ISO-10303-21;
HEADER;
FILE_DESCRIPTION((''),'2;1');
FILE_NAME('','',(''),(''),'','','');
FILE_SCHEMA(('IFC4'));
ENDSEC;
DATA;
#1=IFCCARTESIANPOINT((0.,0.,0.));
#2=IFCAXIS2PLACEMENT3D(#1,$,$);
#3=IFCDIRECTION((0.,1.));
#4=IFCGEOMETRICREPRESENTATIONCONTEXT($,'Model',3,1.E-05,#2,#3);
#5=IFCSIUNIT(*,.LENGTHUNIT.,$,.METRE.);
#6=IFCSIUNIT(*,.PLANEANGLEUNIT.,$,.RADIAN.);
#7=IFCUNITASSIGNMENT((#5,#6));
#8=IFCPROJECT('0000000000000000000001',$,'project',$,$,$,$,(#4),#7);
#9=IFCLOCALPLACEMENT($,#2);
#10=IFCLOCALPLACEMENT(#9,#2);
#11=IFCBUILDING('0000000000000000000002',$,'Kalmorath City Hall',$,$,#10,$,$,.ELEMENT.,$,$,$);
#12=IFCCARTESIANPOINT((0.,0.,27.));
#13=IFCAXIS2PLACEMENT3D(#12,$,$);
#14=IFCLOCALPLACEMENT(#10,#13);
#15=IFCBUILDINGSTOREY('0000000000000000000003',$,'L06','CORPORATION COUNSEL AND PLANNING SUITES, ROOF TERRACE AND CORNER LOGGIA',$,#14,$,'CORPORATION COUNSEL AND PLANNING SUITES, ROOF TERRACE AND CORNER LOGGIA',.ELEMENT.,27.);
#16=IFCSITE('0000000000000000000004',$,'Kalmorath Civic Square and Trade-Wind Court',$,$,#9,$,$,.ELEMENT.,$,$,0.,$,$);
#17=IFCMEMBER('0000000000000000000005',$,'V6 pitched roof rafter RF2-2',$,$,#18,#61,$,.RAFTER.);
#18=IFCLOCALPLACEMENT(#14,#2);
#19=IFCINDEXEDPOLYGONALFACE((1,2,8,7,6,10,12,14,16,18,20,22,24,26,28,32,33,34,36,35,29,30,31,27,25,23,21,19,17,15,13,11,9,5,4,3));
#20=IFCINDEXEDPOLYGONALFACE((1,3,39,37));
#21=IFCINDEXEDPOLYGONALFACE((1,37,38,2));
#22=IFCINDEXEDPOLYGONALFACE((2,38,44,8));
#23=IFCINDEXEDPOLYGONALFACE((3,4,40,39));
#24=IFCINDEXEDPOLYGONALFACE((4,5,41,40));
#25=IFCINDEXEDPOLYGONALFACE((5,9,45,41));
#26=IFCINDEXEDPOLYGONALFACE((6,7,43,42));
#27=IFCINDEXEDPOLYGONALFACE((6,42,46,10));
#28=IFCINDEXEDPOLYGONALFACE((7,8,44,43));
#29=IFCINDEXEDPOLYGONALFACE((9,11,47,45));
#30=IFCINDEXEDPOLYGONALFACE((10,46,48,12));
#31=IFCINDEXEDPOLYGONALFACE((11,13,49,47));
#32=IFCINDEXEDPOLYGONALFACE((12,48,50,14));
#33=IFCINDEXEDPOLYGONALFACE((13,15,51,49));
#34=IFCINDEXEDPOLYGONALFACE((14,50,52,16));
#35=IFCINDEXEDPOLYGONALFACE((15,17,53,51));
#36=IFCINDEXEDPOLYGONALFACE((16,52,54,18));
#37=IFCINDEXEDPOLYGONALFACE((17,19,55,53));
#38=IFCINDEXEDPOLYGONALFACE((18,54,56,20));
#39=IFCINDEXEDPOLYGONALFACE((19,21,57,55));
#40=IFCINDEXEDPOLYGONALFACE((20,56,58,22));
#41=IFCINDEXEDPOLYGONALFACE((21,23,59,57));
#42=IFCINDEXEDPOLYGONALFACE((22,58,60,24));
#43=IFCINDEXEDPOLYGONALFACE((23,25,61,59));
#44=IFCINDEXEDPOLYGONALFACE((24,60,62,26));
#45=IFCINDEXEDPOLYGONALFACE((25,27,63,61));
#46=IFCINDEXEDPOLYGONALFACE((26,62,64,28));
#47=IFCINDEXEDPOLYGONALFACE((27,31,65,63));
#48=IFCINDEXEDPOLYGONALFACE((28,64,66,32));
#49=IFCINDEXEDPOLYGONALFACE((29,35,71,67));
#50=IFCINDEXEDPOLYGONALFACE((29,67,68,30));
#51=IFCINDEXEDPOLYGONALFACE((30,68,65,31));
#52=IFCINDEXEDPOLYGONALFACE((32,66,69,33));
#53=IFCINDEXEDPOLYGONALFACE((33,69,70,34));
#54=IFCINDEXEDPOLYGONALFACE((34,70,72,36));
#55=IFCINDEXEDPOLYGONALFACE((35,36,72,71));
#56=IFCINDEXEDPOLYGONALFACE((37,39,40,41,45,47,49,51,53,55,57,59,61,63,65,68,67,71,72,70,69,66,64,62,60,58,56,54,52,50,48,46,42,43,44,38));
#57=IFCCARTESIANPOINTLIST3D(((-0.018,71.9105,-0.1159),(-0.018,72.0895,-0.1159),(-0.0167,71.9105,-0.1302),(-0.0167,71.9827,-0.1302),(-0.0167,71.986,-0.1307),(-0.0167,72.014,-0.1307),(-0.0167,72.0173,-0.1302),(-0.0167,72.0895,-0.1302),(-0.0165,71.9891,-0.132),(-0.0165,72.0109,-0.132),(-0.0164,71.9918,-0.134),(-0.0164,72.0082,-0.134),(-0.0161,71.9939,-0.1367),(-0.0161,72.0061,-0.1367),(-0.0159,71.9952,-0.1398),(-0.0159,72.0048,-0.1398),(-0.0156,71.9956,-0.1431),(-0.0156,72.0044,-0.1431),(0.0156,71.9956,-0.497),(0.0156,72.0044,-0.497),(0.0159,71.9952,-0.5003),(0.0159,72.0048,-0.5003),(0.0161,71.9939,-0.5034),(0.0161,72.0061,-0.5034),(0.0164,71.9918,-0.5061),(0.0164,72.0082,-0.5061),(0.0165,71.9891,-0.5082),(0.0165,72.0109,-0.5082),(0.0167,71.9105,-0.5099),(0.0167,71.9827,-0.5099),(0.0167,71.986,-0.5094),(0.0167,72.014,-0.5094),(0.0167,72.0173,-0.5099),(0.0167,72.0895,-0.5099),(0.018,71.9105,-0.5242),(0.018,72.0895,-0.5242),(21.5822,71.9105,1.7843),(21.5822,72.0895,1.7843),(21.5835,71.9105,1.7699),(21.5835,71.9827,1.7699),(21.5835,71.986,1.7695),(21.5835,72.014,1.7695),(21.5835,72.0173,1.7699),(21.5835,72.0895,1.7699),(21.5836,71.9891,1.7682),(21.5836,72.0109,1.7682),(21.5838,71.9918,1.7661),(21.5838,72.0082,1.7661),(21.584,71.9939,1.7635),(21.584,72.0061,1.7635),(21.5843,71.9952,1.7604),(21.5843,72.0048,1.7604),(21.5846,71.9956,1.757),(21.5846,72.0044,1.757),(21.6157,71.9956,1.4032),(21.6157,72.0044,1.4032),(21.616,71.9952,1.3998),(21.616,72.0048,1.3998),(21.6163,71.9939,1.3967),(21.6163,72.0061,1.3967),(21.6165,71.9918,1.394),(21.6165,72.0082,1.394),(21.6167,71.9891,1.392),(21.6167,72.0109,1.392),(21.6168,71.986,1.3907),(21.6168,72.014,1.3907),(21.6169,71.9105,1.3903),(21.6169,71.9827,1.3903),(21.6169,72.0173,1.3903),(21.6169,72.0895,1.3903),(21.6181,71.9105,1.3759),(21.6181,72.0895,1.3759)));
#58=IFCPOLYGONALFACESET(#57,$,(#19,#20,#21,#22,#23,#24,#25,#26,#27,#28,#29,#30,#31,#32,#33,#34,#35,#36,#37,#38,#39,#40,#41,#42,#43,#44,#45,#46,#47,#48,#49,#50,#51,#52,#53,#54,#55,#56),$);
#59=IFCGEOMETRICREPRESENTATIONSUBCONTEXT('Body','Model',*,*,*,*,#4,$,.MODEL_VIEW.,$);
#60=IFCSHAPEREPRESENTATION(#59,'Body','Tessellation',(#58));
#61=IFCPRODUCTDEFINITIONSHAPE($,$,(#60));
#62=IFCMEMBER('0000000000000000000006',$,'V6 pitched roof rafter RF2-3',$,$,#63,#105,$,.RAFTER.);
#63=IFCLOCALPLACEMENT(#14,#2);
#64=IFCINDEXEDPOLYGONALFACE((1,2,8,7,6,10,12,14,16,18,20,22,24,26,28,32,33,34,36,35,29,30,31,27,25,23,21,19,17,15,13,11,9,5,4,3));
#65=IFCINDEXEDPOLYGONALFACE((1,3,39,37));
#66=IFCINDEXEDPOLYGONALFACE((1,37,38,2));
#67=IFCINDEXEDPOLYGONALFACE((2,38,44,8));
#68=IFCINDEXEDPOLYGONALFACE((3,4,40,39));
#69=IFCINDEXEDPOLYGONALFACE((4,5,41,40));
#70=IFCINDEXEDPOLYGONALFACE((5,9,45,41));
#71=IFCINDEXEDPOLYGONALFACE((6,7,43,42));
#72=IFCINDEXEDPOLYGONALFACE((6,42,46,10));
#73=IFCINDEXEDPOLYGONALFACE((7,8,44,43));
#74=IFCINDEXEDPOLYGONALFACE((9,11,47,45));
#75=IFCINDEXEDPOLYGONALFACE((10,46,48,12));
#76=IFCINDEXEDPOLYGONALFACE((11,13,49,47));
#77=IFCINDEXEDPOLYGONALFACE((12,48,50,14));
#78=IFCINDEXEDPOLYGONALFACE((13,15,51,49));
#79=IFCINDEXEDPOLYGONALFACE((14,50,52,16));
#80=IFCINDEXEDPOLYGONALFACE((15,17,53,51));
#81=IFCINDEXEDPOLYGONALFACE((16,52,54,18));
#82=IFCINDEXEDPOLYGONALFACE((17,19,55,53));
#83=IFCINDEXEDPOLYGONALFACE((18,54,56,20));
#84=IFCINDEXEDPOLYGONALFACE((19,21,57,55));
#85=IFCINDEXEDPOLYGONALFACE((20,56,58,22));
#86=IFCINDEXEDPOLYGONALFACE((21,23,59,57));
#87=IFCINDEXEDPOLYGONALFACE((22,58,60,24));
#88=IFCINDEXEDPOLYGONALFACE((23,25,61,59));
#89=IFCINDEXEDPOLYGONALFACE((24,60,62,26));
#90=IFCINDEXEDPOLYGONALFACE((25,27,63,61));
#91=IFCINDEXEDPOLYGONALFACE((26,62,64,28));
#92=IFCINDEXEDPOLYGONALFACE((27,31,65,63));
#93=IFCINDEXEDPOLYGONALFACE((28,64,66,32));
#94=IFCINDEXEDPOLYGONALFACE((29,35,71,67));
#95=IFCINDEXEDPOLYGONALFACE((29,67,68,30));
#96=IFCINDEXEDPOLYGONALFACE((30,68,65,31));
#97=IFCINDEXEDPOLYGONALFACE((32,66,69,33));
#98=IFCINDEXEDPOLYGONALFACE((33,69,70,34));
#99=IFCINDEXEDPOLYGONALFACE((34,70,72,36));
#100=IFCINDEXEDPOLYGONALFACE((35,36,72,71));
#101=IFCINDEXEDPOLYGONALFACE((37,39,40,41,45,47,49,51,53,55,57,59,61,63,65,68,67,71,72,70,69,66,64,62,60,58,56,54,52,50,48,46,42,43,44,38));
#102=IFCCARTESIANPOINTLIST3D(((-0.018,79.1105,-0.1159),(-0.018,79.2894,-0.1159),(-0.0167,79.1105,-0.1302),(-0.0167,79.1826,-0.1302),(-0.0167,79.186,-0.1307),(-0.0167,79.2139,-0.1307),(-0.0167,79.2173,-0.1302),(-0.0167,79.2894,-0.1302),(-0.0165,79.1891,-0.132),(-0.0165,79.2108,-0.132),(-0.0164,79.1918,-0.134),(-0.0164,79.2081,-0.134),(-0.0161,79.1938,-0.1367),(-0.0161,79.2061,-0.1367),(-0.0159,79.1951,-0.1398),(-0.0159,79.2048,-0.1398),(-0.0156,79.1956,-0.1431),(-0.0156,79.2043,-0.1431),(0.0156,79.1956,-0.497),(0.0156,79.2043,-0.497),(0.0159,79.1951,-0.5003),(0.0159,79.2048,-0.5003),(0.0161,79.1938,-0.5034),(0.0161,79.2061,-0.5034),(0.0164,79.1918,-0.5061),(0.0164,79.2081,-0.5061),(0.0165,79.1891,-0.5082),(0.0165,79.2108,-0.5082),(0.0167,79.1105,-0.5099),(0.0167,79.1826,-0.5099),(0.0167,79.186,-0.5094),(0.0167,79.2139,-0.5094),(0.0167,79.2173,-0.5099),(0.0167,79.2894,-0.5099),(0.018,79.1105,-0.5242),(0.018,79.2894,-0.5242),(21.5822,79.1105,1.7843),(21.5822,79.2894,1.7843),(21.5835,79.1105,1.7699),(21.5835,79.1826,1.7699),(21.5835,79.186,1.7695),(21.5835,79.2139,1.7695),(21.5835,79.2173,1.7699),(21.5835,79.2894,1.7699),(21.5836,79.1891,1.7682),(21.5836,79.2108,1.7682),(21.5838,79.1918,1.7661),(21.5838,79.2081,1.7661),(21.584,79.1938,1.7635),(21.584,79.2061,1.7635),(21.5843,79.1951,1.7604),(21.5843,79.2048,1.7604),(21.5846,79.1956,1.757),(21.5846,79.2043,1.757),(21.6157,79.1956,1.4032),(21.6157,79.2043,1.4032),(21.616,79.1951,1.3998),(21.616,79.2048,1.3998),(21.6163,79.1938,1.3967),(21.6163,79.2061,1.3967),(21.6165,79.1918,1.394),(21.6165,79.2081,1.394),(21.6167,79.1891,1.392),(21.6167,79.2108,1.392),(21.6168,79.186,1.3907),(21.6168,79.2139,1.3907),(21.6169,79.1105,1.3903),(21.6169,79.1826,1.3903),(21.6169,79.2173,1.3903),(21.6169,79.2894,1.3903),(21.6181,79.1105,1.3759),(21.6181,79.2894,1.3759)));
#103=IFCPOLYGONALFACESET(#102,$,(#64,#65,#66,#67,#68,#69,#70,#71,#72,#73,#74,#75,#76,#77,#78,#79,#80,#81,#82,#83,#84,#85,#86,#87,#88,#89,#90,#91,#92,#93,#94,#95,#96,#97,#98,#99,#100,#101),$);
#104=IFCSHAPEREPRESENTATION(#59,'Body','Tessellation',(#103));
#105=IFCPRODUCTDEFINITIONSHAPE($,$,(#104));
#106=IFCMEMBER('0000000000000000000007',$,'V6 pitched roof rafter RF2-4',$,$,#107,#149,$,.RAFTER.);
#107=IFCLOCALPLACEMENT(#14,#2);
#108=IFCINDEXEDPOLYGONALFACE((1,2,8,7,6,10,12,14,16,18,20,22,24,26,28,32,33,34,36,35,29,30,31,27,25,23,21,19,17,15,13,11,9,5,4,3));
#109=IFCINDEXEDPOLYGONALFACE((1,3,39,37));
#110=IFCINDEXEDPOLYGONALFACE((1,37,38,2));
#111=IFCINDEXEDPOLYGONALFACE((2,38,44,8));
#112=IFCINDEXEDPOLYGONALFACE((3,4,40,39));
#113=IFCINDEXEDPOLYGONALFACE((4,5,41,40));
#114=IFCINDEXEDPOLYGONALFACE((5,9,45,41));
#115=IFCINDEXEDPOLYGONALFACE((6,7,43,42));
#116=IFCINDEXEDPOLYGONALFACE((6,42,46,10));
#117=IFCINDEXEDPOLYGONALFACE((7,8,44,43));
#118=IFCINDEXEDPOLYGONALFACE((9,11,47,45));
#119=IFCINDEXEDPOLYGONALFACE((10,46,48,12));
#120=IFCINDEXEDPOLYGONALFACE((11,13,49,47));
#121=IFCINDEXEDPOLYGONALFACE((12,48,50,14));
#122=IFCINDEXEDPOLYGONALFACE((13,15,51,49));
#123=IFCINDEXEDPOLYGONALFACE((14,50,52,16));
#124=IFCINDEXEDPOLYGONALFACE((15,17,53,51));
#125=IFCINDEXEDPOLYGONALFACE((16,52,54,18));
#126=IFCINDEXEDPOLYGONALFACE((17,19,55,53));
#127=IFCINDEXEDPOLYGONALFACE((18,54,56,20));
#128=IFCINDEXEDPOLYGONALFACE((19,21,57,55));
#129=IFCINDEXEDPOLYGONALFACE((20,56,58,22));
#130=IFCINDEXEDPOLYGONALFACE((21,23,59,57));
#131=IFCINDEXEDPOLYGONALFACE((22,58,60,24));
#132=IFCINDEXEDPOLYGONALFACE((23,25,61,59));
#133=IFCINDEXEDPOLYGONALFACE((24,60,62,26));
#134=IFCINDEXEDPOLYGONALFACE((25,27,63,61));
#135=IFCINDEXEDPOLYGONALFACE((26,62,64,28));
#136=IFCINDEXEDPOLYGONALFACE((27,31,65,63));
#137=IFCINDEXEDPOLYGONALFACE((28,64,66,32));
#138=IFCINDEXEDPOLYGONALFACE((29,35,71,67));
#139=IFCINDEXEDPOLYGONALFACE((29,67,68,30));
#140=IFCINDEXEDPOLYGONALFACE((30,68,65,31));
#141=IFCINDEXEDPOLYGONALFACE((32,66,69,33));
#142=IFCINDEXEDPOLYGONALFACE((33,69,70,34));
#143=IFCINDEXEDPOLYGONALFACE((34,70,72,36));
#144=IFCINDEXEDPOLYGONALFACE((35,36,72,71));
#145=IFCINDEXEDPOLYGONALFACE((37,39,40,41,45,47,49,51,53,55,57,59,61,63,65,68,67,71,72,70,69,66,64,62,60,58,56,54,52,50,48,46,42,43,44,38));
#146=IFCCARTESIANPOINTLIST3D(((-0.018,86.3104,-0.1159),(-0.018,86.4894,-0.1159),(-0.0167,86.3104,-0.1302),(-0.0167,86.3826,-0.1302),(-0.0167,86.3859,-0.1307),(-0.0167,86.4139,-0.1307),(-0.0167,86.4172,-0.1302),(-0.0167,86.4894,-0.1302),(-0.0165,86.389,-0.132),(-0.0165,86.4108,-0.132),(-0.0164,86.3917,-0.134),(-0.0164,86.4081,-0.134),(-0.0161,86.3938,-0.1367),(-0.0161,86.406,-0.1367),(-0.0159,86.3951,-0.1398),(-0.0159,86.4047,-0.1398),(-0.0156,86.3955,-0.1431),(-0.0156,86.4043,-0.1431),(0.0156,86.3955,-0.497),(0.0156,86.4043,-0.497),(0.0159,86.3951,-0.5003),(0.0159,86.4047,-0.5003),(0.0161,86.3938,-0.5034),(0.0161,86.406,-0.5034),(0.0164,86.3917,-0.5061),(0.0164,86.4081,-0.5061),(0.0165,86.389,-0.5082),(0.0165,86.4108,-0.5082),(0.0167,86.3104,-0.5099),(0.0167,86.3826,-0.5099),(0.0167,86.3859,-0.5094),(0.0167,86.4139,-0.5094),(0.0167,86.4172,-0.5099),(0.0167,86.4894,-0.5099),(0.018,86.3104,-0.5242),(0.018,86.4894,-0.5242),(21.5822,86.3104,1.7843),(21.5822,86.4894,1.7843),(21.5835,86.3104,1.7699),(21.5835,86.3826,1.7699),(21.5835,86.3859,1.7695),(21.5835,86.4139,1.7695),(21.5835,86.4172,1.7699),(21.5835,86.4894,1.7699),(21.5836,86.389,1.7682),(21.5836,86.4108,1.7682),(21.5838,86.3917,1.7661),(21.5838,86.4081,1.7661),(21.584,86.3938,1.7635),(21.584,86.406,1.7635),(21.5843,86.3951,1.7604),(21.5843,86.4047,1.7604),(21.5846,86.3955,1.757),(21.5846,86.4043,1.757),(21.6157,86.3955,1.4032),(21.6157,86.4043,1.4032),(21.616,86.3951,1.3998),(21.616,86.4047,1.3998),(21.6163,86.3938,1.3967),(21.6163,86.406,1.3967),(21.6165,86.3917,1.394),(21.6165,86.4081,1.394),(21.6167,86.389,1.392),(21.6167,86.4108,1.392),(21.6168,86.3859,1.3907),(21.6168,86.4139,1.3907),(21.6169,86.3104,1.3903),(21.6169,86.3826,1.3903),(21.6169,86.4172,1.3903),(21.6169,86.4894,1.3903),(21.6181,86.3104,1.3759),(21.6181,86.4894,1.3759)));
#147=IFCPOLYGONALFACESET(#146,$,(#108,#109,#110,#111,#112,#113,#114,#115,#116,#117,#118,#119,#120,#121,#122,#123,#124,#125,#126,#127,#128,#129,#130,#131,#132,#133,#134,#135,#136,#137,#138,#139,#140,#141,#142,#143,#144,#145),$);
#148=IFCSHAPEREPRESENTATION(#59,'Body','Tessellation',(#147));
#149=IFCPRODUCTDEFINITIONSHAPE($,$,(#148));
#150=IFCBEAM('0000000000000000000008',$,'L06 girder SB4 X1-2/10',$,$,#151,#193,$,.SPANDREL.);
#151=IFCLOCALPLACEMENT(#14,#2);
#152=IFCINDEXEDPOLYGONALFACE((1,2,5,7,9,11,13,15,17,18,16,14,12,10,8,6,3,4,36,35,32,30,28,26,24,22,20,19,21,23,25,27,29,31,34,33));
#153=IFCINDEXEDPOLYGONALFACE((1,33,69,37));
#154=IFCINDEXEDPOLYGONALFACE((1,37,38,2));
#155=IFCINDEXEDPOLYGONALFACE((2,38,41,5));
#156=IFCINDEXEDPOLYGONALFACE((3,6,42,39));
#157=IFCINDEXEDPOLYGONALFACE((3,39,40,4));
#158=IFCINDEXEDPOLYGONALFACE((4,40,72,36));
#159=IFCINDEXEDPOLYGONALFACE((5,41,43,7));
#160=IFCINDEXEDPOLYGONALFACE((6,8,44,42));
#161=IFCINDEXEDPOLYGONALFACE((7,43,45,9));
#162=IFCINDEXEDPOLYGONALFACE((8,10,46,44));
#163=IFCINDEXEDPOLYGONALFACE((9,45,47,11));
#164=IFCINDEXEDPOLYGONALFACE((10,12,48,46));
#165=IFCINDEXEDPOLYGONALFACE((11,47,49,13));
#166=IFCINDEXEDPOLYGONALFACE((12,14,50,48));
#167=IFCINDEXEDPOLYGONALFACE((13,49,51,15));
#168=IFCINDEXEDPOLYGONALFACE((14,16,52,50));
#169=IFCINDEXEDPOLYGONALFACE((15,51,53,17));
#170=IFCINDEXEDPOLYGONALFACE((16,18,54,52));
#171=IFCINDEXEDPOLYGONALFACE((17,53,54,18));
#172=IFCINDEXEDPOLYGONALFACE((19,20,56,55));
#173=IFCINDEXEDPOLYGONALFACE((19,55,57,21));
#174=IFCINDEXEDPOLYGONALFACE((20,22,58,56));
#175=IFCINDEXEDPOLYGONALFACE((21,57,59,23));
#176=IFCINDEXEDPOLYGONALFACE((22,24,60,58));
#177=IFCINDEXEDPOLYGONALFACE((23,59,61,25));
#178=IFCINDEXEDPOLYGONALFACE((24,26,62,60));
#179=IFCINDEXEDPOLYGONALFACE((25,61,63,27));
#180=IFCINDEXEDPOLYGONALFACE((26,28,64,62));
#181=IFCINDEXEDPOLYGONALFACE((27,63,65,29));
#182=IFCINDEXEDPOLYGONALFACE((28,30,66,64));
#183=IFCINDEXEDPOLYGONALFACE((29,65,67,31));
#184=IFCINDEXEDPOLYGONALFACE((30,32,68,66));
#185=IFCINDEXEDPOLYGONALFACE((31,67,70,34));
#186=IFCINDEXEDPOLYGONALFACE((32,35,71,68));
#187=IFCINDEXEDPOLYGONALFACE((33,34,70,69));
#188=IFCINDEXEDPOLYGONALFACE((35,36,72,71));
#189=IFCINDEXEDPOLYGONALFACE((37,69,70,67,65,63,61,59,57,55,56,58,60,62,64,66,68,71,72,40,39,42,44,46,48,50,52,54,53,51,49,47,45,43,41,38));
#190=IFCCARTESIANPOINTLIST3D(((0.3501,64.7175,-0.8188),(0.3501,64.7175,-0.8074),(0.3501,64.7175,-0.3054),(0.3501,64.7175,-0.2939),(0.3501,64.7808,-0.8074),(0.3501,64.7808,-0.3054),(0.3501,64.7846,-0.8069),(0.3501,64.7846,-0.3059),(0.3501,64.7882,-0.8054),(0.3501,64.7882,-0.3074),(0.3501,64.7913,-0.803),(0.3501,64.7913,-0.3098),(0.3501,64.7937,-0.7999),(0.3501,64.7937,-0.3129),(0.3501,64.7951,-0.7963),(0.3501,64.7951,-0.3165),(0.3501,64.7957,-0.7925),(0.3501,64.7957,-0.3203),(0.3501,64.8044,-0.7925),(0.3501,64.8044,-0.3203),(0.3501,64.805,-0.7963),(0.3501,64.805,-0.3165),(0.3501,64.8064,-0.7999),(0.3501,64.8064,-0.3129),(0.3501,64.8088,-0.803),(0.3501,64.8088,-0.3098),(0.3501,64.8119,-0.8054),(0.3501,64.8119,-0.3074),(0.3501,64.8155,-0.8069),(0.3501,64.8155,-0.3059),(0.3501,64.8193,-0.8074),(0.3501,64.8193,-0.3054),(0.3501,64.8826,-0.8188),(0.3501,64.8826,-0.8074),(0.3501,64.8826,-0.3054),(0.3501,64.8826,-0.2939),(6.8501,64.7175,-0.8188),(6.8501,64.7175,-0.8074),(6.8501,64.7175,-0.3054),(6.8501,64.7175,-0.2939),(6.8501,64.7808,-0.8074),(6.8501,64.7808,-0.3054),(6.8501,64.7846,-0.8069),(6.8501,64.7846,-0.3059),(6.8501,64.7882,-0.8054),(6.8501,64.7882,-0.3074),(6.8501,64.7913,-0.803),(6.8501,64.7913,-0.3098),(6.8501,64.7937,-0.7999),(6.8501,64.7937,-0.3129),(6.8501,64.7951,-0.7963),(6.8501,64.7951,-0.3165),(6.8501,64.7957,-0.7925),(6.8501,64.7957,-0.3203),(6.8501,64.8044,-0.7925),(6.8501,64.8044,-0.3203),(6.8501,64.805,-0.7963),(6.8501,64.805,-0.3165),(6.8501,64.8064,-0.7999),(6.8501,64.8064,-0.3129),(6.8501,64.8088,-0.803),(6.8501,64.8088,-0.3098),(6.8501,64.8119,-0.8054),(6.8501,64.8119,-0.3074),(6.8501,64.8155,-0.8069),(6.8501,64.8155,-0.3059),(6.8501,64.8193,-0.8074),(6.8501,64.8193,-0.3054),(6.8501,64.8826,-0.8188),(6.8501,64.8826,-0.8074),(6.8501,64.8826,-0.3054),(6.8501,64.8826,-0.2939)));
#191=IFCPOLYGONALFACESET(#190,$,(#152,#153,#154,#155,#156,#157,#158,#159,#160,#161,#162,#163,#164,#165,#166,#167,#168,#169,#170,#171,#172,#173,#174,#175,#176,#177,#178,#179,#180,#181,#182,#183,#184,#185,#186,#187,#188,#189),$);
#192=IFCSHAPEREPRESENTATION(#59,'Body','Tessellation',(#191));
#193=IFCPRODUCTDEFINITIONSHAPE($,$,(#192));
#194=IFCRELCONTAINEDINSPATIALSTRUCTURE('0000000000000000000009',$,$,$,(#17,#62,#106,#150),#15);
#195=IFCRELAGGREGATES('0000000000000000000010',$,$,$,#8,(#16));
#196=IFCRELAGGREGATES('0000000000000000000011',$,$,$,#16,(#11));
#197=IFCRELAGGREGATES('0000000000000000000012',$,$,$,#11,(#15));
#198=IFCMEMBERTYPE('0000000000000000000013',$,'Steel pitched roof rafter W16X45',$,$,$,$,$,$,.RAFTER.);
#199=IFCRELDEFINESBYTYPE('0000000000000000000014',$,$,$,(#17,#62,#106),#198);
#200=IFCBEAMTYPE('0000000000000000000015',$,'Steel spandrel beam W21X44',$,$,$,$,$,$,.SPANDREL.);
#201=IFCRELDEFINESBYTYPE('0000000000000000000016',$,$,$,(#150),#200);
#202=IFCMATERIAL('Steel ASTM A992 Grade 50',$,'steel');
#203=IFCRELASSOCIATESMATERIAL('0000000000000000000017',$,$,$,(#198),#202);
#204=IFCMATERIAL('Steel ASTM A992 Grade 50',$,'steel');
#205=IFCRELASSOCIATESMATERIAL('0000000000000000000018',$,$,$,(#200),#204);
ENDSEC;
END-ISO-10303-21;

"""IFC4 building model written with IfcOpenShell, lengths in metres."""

from ifc_helpers import new_model, si_unit, direction, frame, origin, origin_2d, place, context, subcontext, project, spatial, i_section, extrude, material, material_profile, profile_set, type_object, element, save


model = new_model("IFC4")

# Units and contexts
model_context = context("Model", 3, precision=1e-05, world=origin(), true_north=direction((0.0, 1.0)))
body_context = subcontext(model_context, "Body", "Model", "MODEL_VIEW")
ifc_project = project(units=[si_unit("LENGTHUNIT", "METRE"), si_unit("PLANEANGLEUNIT", "RADIAN")], contexts=[model_context])

# Site, building, storey
site_placement = place(None, origin())
site = spatial("IfcSite", under=ifc_project, at=site_placement, Name="Kalmorath Civic Square and Trade-Wind Court", CompositionType="ELEMENT", RefElevation=0.0)
building_placement = place(site_placement, origin())
building = spatial("IfcBuilding", under=site, at=building_placement, Name="Kalmorath City Hall", CompositionType="ELEMENT")
storey_placement = place(building_placement, frame((0.0, 0.0, 27.0)))
storey = spatial("IfcBuildingStorey", under=building, at=storey_placement, Name="L06", Description="CORPORATION COUNSEL AND PLANNING SUITES, ROOF TERRACE AND CORNER LOGGIA", LongName="CORPORATION COUNSEL AND PLANNING SUITES, ROOF TERRACE AND CORNER LOGGIA", CompositionType="ELEMENT", Elevation=27.0)

# Members
ifc_material_1 = material(Name="Steel ASTM A992 Grade 50", Category="steel")
ifc_material_profile_1 = material_profile(ifc_material_1, i_section(OverallWidth=0.179, OverallDepth=0.4099, WebThickness=0.0088, FlangeThickness=0.0144, FilletRadius=0.0129, at=origin_2d()), Name="W16X45")
ifc_profile_set_1 = profile_set([ifc_material_profile_1], Name="Steel ASTM A992 Grade 50")
member_type = type_object("IfcMemberType", Name="Steel pitched roof rafter W16X45", PredefinedType="RAFTER", material=ifc_profile_set_1)
for number, where, z_axis, x_axis, name in (
    (1, (0.0, 72.0, -0.3201), (0.996153, 0.0, 0.087631), (0.0, 1.0, 0.0), "V6 pitched roof rafter RF2-2"),
    (2, (0.0, 79.2, -0.3201), (0.996153, 0.0, 0.087631), (0.0, 1.0, 0.0), "V6 pitched roof rafter RF2-3"),
    (3, (0.0, 86.3999, -0.3201), (0.996153, 0.0, 0.087631), (0.0, 1.0, 0.0), "V6 pitched roof rafter RF2-4"),
):
    element("IfcMember", number, at=place(storey_placement, frame(where, z_axis=z_axis, x_axis=x_axis)), inside=storey, type_object=member_type, Name=name, PredefinedType="RAFTER", context=body_context, shape_type="SweptSolid", body=[
        extrude(i_section(OverallWidth=0.179, OverallDepth=0.4099, WebThickness=0.0088, FlangeThickness=0.0144, FilletRadius=0.0129, at=origin_2d()), origin(), (0.0, 0.0, 1.0), 21.6836),
    ])

# Beam
ifc_material_2 = material(Name="Steel ASTM A992 Grade 50", Category="steel")
ifc_material_profile_2 = material_profile(ifc_material_2, i_section(OverallWidth=0.165, OverallDepth=0.5249, WebThickness=0.0088, FlangeThickness=0.0115, FilletRadius=0.0149, at=origin_2d()), Name="W21X44")
ifc_profile_set_2 = profile_set([ifc_material_profile_2], Name="Steel ASTM A992 Grade 50")
beam_type = type_object("IfcBeamType", Name="Steel spandrel beam W21X44", PredefinedType="SPANDREL", material=ifc_profile_set_2)
for number, where, z_axis, x_axis, name in (
    (4, (0.3501, 64.8, -0.5564), (1.0, 0.0, 0.0), (0.0, 1.0, 0.0), "L06 girder SB4 X1-2/10"),
):
    element("IfcBeam", number, at=place(storey_placement, frame(where, z_axis=z_axis, x_axis=x_axis)), inside=storey, type_object=beam_type, Name=name, PredefinedType="SPANDREL", context=body_context, shape_type="SweptSolid", body=[
        extrude(i_section(OverallWidth=0.165, OverallDepth=0.5249, WebThickness=0.0088, FlangeThickness=0.0115, FilletRadius=0.0149, at=origin_2d()), origin(), (0.0, 0.0, 1.0), 6.5),
    ])

save(model, "model.ifc")
